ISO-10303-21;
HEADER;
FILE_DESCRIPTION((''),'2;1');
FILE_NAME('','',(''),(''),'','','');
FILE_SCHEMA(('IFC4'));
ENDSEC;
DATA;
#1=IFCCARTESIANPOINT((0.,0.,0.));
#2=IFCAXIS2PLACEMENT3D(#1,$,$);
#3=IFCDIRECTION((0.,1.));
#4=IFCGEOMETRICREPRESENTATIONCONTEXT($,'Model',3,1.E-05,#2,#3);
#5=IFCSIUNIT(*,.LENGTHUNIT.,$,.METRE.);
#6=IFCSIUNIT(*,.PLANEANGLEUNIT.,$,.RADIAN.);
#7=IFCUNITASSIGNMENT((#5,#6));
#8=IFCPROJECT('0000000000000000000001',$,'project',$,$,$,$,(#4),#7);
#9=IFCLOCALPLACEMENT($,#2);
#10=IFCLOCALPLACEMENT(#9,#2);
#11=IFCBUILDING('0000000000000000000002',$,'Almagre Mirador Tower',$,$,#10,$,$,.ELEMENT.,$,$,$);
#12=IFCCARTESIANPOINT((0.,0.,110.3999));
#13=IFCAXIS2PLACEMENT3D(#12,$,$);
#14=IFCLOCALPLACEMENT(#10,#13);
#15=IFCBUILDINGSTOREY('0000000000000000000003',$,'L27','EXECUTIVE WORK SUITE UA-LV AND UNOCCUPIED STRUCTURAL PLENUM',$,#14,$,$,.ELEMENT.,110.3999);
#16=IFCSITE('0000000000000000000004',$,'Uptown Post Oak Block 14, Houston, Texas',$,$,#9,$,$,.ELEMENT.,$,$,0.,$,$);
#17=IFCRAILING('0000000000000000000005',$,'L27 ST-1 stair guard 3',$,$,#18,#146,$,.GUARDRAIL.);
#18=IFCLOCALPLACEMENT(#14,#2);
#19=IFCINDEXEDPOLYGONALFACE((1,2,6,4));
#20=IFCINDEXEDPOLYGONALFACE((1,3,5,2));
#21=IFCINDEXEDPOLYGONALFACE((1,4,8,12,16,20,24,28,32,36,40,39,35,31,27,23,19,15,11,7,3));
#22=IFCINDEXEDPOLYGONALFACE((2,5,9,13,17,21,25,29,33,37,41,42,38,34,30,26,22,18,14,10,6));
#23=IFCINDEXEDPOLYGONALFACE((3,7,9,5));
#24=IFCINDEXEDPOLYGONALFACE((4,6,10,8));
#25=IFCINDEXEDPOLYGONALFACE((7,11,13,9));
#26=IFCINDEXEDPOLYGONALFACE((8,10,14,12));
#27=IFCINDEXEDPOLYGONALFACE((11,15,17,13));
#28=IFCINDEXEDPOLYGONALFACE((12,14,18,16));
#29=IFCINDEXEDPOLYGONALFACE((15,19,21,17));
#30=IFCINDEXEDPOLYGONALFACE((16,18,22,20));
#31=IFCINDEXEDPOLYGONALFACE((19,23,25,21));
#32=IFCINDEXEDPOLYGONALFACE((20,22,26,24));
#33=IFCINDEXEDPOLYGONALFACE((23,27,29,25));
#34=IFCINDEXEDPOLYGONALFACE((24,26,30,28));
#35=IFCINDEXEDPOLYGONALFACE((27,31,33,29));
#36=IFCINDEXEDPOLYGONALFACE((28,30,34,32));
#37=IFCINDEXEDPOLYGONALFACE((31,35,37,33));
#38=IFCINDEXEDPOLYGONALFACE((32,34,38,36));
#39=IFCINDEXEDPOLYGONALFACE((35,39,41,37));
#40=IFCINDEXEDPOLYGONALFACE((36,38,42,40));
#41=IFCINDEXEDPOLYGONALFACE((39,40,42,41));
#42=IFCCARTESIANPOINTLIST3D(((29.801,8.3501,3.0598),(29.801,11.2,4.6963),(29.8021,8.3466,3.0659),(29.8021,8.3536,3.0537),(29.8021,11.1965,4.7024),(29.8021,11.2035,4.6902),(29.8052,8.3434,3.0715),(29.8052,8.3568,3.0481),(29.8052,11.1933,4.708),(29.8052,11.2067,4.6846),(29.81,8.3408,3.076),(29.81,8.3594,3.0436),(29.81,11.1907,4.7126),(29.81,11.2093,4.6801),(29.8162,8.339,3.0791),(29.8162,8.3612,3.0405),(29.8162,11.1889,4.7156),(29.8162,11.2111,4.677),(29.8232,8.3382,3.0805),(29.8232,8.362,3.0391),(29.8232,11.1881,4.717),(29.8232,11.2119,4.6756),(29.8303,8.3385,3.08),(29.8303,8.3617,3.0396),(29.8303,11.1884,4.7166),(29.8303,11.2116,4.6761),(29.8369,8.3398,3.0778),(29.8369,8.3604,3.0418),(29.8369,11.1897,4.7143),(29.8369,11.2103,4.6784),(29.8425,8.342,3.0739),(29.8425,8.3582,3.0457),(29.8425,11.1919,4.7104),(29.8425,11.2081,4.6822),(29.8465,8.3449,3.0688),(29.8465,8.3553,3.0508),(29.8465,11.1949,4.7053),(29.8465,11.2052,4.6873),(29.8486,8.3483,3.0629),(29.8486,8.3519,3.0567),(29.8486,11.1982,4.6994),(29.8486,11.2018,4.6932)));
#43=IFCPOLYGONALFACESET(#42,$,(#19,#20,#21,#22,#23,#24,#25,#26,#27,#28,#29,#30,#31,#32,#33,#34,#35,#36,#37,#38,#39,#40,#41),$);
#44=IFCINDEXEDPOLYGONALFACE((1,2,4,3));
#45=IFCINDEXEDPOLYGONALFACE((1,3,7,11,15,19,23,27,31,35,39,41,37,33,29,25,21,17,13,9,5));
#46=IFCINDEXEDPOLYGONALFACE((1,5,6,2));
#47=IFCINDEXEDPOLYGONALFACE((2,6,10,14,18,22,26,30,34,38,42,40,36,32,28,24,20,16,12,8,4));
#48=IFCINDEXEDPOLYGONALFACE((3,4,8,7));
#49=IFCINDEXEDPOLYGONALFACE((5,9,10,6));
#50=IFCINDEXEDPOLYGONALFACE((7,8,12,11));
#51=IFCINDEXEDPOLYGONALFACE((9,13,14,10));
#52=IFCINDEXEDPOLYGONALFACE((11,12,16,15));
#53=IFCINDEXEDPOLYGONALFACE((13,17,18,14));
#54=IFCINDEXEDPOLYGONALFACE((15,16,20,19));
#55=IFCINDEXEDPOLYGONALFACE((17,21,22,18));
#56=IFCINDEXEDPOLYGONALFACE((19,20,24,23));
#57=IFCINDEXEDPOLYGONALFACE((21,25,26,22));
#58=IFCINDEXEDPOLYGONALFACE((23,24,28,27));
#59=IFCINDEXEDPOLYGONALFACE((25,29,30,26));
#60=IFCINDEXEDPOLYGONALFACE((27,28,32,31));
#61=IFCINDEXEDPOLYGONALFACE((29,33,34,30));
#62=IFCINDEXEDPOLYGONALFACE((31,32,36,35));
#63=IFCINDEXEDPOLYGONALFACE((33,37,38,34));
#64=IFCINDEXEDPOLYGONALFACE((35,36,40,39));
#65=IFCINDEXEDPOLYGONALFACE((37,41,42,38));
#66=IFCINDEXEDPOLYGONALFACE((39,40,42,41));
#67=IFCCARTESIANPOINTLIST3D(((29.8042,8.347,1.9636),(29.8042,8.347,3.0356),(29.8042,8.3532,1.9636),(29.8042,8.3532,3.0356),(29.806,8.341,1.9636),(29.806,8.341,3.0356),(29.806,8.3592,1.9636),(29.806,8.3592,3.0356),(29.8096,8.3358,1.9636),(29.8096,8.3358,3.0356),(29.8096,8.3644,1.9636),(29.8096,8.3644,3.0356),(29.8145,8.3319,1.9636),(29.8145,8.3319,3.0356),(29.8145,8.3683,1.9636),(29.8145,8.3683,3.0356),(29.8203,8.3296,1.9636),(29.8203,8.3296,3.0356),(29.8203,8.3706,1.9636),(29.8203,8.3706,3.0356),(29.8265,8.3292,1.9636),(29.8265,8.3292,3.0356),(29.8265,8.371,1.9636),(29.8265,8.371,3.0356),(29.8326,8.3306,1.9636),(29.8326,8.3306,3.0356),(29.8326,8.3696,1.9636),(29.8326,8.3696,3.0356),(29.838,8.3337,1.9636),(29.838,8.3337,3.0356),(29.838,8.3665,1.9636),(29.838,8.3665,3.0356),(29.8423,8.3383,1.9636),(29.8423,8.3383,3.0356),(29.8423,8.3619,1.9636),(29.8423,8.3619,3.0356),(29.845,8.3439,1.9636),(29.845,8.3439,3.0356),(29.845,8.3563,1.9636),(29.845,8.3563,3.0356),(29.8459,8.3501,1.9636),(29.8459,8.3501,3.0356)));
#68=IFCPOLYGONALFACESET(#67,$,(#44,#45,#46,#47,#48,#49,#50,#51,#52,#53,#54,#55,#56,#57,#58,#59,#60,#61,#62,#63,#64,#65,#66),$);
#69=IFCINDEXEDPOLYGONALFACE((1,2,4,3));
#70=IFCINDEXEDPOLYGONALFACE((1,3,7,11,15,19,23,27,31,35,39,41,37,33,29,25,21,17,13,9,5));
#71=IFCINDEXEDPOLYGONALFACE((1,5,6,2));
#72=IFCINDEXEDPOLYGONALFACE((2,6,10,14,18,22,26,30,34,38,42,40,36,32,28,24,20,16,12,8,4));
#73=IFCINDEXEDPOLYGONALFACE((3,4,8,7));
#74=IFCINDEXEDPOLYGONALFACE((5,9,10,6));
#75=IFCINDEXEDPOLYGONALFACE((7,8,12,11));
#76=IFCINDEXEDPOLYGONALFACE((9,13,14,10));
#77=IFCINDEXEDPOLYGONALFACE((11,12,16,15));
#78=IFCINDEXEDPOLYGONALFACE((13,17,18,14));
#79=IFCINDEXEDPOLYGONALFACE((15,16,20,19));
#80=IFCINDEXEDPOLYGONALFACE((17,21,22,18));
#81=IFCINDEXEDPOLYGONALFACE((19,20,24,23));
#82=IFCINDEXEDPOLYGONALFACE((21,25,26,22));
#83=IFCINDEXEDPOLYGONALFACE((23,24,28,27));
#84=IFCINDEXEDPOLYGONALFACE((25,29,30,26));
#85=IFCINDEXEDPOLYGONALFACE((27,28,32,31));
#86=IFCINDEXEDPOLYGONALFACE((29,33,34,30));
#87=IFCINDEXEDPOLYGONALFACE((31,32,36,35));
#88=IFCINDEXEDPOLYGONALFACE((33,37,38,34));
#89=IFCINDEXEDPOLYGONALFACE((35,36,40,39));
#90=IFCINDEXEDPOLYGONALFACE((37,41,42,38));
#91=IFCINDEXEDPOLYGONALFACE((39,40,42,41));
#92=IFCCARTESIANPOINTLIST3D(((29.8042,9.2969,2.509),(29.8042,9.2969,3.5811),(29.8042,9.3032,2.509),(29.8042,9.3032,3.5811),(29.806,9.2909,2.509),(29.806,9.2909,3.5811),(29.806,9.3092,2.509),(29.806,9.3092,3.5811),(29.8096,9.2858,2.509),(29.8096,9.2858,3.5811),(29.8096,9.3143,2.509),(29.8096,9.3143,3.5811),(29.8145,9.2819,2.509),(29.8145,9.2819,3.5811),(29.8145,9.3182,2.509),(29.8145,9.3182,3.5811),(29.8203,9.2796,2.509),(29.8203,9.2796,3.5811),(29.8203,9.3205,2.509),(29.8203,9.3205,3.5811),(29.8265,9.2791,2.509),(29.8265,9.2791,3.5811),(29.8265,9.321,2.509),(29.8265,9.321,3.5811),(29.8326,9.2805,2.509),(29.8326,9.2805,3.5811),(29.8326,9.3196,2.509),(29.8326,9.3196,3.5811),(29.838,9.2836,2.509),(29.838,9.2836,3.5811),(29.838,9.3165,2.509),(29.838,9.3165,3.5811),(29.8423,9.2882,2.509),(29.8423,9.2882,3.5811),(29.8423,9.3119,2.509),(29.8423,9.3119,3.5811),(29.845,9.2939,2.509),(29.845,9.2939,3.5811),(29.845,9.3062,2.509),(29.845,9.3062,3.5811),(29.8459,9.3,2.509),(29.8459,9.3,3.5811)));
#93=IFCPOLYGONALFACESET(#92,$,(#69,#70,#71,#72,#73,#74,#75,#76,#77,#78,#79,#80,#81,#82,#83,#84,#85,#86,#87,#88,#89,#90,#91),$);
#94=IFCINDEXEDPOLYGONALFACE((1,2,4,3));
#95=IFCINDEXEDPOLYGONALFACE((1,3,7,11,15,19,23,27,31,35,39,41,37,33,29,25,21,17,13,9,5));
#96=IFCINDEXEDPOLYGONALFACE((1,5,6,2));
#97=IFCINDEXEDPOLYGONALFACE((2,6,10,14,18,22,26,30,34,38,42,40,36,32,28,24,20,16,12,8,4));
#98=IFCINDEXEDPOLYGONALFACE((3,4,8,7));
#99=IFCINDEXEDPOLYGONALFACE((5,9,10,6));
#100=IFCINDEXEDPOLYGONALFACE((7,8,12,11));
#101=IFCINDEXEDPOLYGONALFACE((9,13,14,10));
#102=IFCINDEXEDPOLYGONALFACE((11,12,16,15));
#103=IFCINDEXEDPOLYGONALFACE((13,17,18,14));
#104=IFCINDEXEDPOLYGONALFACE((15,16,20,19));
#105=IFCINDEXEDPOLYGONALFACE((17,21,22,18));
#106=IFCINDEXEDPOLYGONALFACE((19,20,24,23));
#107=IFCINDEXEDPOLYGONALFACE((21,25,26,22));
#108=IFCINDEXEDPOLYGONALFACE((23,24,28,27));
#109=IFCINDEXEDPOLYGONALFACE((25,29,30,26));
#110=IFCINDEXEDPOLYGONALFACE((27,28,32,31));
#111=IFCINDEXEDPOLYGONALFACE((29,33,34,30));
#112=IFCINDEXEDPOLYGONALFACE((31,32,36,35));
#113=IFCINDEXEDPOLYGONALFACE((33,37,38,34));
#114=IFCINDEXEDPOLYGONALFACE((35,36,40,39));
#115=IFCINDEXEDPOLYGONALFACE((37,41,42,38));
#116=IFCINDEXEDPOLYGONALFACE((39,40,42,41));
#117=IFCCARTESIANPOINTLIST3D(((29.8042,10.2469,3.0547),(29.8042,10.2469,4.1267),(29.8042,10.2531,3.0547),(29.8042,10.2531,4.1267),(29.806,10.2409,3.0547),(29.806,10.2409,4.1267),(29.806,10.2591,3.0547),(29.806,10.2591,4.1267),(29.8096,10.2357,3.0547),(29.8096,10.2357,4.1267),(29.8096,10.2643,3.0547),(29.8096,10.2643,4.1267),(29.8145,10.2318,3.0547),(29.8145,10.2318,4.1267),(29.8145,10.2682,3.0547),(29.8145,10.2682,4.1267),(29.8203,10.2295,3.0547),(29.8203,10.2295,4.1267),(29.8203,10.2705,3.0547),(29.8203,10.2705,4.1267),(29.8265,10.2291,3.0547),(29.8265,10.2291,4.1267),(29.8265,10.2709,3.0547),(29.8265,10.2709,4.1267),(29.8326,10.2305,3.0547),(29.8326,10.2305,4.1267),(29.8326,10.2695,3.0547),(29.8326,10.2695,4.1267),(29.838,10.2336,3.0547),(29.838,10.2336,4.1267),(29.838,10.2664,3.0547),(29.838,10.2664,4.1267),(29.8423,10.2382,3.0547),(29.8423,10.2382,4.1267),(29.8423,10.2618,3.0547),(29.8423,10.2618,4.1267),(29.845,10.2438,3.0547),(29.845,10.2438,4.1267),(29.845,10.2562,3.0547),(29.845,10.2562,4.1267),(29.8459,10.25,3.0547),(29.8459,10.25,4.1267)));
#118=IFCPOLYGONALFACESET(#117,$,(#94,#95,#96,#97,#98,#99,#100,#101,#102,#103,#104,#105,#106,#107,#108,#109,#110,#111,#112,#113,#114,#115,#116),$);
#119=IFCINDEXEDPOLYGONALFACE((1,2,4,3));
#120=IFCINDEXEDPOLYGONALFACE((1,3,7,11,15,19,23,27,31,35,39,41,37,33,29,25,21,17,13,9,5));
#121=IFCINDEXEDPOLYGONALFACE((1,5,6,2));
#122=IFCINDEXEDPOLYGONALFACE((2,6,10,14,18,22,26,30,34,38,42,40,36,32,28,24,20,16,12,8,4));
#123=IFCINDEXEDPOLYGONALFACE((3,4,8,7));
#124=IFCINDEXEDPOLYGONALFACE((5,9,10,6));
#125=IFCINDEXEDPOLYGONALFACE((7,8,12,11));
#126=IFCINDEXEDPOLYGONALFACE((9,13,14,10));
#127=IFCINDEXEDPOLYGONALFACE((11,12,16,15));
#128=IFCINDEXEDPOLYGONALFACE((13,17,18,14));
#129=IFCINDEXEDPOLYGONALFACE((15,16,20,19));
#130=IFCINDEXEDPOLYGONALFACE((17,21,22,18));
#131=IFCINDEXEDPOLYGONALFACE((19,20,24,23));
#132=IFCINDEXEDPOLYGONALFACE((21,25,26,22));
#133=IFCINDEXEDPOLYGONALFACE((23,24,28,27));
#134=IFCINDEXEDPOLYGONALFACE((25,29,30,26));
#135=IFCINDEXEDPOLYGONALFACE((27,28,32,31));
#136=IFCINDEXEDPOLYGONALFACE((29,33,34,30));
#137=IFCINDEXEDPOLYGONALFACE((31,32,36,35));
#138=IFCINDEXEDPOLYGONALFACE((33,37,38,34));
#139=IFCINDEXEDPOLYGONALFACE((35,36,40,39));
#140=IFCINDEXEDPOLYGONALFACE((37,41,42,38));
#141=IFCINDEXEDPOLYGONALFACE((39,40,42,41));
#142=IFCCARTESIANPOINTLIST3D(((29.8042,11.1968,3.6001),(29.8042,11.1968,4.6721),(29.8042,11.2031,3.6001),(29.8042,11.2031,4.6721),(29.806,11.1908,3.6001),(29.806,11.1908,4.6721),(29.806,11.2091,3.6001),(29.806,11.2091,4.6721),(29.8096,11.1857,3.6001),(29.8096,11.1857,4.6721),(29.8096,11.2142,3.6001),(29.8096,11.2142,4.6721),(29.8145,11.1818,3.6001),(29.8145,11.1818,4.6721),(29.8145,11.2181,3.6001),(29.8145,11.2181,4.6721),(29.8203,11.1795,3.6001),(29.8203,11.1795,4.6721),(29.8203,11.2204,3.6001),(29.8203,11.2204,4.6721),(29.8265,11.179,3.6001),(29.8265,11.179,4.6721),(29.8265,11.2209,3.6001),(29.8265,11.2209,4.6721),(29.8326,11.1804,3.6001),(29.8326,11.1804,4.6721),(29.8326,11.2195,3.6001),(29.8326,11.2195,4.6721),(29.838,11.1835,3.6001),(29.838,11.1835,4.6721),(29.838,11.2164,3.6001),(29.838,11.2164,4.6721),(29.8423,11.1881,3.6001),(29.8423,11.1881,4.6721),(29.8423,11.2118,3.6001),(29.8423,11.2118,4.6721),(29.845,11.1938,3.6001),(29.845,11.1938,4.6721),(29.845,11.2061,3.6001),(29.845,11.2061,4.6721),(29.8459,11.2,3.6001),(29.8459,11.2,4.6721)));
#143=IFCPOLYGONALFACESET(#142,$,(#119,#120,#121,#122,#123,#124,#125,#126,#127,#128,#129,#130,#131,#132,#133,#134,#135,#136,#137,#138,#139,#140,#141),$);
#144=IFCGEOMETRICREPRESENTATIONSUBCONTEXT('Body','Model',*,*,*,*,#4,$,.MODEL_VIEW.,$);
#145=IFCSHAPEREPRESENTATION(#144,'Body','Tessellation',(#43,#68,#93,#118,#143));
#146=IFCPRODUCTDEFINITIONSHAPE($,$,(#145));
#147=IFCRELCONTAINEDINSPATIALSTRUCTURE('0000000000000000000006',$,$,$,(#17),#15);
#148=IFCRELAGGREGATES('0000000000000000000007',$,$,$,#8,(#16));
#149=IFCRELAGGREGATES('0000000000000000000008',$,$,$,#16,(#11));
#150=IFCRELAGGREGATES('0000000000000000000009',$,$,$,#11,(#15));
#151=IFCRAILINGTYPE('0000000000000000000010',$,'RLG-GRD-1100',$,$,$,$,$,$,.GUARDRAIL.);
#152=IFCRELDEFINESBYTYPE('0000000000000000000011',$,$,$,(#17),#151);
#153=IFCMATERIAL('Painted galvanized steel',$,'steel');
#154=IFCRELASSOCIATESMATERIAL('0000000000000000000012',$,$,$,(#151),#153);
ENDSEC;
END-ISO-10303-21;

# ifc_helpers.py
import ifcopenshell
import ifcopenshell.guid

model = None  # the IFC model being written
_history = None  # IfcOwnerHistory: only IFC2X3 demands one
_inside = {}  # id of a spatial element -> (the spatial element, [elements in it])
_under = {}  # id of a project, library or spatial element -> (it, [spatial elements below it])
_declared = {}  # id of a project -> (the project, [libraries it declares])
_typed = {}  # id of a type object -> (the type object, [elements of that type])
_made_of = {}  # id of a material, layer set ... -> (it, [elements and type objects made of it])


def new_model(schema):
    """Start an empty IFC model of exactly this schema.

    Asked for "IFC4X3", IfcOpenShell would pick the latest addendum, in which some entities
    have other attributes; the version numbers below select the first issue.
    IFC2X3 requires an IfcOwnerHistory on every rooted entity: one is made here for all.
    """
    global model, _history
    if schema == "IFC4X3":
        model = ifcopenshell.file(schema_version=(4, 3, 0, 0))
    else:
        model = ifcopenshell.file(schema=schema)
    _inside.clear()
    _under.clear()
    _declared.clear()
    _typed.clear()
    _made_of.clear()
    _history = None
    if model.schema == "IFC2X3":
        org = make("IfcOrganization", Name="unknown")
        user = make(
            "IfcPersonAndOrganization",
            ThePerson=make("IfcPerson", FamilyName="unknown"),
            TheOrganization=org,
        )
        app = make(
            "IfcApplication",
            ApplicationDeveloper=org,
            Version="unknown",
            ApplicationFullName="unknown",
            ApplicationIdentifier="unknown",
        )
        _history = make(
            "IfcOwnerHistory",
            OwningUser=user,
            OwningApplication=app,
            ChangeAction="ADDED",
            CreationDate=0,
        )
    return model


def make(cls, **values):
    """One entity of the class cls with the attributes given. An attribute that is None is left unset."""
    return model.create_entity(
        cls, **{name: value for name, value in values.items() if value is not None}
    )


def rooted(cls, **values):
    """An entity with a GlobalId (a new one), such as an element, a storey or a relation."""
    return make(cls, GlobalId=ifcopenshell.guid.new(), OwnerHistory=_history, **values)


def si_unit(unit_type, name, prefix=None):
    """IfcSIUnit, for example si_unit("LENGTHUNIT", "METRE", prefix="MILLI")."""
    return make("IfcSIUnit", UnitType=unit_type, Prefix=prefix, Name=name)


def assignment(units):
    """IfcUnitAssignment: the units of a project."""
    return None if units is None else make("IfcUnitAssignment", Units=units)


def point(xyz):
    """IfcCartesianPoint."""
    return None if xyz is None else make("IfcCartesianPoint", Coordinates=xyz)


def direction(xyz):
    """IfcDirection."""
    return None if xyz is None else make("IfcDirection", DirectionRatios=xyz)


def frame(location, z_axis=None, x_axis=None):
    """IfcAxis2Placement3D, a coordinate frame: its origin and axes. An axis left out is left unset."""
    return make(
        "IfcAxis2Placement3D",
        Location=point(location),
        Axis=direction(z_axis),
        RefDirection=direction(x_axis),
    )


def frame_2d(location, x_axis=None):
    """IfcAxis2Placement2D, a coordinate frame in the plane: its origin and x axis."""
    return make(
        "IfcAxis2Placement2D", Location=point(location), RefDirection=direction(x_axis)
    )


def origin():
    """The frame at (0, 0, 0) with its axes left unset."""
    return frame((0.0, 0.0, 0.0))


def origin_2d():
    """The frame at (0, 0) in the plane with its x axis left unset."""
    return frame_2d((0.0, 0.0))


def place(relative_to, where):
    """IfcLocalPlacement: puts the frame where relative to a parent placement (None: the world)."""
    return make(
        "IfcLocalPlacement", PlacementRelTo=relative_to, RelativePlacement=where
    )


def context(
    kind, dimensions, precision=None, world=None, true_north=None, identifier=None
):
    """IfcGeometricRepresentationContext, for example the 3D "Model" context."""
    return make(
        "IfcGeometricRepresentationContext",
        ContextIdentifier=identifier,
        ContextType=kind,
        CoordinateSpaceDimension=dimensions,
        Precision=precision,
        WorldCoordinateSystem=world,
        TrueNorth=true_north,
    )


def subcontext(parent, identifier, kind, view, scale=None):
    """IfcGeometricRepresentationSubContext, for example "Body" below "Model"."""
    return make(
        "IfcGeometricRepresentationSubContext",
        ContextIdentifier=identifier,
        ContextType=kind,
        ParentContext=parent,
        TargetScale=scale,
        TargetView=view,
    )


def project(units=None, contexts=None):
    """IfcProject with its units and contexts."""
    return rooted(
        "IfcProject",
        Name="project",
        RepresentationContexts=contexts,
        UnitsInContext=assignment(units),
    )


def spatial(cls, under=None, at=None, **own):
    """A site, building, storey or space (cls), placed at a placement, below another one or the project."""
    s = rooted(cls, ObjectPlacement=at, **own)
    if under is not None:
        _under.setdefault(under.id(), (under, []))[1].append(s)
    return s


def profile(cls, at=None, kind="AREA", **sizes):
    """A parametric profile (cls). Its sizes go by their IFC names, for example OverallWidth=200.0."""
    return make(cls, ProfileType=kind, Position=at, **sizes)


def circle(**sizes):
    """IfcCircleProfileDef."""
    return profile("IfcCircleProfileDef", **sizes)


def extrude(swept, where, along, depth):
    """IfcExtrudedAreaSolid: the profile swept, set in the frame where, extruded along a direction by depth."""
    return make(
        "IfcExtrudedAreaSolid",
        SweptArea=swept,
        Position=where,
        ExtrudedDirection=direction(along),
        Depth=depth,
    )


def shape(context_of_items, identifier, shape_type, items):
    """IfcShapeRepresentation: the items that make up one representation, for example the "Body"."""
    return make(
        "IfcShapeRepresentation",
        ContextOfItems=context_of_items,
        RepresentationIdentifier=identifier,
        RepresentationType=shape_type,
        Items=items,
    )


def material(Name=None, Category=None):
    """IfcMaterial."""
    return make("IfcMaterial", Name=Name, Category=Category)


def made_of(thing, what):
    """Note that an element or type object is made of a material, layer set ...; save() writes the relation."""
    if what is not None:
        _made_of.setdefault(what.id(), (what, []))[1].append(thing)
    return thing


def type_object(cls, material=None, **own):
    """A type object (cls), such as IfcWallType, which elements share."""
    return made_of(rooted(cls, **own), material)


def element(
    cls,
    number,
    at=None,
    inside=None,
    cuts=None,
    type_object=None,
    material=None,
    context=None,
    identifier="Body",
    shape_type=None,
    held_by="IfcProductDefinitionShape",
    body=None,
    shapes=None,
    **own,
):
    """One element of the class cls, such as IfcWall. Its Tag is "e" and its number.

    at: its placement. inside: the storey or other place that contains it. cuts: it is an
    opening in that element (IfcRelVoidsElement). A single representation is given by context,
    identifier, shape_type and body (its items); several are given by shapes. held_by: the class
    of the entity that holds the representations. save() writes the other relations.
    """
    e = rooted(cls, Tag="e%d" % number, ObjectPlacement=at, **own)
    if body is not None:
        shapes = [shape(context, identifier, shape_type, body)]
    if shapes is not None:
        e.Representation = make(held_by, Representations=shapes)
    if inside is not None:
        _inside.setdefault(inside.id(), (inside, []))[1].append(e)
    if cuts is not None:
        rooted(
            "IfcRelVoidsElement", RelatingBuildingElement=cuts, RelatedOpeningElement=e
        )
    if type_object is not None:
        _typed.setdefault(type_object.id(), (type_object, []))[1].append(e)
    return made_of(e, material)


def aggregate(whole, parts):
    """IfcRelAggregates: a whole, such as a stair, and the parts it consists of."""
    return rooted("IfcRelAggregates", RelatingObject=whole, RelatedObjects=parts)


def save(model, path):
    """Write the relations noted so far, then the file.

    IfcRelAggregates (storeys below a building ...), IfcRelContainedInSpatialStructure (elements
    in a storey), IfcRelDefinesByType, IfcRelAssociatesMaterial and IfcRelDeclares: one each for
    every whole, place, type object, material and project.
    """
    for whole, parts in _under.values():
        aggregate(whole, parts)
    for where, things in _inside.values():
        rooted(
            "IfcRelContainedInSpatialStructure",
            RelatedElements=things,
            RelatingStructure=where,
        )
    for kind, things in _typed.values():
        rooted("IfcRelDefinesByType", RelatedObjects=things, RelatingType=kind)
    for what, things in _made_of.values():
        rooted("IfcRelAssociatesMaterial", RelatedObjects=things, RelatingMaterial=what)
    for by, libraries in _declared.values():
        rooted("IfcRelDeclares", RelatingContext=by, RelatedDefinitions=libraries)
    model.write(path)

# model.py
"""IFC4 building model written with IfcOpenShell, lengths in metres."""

from ifc_helpers import new_model, si_unit, direction, frame, origin, origin_2d, place, context, subcontext, project, spatial, circle, extrude, material, type_object, element, save


model = new_model("IFC4")

# Units and contexts
model_context = context("Model", 3, precision=1e-05, world=origin(), true_north=direction((0.0, 1.0)))
body_context = subcontext(model_context, "Body", "Model", "MODEL_VIEW")
ifc_project = project(units=[si_unit("LENGTHUNIT", "METRE"), si_unit("PLANEANGLEUNIT", "RADIAN")], contexts=[model_context])

# Site, building, storey
site_placement = place(None, origin())
site = spatial("IfcSite", under=ifc_project, at=site_placement, Name="Uptown Post Oak Block 14, Houston, Texas", CompositionType="ELEMENT", RefElevation=0.0)
building_placement = place(site_placement, origin())
building = spatial("IfcBuilding", under=site, at=building_placement, Name="Almagre Mirador Tower", CompositionType="ELEMENT")
storey_placement = place(building_placement, frame((0.0, 0.0, 110.3999)))
storey = spatial("IfcBuildingStorey", under=building, at=storey_placement, Name="L27", Description="EXECUTIVE WORK SUITE UA-LV AND UNOCCUPIED STRUCTURAL PLENUM", CompositionType="ELEMENT", Elevation=110.3999)

# Railing
ifc_material_1 = material(Name="Painted galvanized steel", Category="steel")
railing_type_1 = type_object("IfcRailingType", Name="RLG-GRD-1100", PredefinedType="GUARDRAIL", material=ifc_material_1)
railing_1_placement = place(storey_placement, frame((29.825, 8.3501, 1.9636)))
element("IfcRailing", 1, at=railing_1_placement, inside=storey, type_object=railing_type_1, Name="L27 ST-1 stair guard 3", PredefinedType="GUARDRAIL", context=body_context, shape_type="SweptSolid", body=[
    extrude(circle(Radius=0.0239, at=origin_2d()), frame((0.0, 0.0, 1.0962), z_axis=(0.0, 0.867194, 0.49797), x_axis=(-1.0, 0.0, 0.0)), (0.0, 0.0, 1.0), 3.2864),
    extrude(circle(Radius=0.021, at=origin_2d()), origin(), (0.0, 0.0, 1.0), 1.072),
    extrude(circle(Radius=0.021, at=origin_2d()), frame((0.0, 0.95, 0.5454)), (0.0, 0.0, 1.0), 1.072),
    extrude(circle(Radius=0.021, at=origin_2d()), frame((0.0, 1.8999, 1.0911)), (0.0, 0.0, 1.0), 1.072),
    extrude(circle(Radius=0.021, at=origin_2d()), frame((0.0, 2.8499, 1.6365)), (0.0, 0.0, 1.0), 1.072),
])

save(model, "model.ifc")
